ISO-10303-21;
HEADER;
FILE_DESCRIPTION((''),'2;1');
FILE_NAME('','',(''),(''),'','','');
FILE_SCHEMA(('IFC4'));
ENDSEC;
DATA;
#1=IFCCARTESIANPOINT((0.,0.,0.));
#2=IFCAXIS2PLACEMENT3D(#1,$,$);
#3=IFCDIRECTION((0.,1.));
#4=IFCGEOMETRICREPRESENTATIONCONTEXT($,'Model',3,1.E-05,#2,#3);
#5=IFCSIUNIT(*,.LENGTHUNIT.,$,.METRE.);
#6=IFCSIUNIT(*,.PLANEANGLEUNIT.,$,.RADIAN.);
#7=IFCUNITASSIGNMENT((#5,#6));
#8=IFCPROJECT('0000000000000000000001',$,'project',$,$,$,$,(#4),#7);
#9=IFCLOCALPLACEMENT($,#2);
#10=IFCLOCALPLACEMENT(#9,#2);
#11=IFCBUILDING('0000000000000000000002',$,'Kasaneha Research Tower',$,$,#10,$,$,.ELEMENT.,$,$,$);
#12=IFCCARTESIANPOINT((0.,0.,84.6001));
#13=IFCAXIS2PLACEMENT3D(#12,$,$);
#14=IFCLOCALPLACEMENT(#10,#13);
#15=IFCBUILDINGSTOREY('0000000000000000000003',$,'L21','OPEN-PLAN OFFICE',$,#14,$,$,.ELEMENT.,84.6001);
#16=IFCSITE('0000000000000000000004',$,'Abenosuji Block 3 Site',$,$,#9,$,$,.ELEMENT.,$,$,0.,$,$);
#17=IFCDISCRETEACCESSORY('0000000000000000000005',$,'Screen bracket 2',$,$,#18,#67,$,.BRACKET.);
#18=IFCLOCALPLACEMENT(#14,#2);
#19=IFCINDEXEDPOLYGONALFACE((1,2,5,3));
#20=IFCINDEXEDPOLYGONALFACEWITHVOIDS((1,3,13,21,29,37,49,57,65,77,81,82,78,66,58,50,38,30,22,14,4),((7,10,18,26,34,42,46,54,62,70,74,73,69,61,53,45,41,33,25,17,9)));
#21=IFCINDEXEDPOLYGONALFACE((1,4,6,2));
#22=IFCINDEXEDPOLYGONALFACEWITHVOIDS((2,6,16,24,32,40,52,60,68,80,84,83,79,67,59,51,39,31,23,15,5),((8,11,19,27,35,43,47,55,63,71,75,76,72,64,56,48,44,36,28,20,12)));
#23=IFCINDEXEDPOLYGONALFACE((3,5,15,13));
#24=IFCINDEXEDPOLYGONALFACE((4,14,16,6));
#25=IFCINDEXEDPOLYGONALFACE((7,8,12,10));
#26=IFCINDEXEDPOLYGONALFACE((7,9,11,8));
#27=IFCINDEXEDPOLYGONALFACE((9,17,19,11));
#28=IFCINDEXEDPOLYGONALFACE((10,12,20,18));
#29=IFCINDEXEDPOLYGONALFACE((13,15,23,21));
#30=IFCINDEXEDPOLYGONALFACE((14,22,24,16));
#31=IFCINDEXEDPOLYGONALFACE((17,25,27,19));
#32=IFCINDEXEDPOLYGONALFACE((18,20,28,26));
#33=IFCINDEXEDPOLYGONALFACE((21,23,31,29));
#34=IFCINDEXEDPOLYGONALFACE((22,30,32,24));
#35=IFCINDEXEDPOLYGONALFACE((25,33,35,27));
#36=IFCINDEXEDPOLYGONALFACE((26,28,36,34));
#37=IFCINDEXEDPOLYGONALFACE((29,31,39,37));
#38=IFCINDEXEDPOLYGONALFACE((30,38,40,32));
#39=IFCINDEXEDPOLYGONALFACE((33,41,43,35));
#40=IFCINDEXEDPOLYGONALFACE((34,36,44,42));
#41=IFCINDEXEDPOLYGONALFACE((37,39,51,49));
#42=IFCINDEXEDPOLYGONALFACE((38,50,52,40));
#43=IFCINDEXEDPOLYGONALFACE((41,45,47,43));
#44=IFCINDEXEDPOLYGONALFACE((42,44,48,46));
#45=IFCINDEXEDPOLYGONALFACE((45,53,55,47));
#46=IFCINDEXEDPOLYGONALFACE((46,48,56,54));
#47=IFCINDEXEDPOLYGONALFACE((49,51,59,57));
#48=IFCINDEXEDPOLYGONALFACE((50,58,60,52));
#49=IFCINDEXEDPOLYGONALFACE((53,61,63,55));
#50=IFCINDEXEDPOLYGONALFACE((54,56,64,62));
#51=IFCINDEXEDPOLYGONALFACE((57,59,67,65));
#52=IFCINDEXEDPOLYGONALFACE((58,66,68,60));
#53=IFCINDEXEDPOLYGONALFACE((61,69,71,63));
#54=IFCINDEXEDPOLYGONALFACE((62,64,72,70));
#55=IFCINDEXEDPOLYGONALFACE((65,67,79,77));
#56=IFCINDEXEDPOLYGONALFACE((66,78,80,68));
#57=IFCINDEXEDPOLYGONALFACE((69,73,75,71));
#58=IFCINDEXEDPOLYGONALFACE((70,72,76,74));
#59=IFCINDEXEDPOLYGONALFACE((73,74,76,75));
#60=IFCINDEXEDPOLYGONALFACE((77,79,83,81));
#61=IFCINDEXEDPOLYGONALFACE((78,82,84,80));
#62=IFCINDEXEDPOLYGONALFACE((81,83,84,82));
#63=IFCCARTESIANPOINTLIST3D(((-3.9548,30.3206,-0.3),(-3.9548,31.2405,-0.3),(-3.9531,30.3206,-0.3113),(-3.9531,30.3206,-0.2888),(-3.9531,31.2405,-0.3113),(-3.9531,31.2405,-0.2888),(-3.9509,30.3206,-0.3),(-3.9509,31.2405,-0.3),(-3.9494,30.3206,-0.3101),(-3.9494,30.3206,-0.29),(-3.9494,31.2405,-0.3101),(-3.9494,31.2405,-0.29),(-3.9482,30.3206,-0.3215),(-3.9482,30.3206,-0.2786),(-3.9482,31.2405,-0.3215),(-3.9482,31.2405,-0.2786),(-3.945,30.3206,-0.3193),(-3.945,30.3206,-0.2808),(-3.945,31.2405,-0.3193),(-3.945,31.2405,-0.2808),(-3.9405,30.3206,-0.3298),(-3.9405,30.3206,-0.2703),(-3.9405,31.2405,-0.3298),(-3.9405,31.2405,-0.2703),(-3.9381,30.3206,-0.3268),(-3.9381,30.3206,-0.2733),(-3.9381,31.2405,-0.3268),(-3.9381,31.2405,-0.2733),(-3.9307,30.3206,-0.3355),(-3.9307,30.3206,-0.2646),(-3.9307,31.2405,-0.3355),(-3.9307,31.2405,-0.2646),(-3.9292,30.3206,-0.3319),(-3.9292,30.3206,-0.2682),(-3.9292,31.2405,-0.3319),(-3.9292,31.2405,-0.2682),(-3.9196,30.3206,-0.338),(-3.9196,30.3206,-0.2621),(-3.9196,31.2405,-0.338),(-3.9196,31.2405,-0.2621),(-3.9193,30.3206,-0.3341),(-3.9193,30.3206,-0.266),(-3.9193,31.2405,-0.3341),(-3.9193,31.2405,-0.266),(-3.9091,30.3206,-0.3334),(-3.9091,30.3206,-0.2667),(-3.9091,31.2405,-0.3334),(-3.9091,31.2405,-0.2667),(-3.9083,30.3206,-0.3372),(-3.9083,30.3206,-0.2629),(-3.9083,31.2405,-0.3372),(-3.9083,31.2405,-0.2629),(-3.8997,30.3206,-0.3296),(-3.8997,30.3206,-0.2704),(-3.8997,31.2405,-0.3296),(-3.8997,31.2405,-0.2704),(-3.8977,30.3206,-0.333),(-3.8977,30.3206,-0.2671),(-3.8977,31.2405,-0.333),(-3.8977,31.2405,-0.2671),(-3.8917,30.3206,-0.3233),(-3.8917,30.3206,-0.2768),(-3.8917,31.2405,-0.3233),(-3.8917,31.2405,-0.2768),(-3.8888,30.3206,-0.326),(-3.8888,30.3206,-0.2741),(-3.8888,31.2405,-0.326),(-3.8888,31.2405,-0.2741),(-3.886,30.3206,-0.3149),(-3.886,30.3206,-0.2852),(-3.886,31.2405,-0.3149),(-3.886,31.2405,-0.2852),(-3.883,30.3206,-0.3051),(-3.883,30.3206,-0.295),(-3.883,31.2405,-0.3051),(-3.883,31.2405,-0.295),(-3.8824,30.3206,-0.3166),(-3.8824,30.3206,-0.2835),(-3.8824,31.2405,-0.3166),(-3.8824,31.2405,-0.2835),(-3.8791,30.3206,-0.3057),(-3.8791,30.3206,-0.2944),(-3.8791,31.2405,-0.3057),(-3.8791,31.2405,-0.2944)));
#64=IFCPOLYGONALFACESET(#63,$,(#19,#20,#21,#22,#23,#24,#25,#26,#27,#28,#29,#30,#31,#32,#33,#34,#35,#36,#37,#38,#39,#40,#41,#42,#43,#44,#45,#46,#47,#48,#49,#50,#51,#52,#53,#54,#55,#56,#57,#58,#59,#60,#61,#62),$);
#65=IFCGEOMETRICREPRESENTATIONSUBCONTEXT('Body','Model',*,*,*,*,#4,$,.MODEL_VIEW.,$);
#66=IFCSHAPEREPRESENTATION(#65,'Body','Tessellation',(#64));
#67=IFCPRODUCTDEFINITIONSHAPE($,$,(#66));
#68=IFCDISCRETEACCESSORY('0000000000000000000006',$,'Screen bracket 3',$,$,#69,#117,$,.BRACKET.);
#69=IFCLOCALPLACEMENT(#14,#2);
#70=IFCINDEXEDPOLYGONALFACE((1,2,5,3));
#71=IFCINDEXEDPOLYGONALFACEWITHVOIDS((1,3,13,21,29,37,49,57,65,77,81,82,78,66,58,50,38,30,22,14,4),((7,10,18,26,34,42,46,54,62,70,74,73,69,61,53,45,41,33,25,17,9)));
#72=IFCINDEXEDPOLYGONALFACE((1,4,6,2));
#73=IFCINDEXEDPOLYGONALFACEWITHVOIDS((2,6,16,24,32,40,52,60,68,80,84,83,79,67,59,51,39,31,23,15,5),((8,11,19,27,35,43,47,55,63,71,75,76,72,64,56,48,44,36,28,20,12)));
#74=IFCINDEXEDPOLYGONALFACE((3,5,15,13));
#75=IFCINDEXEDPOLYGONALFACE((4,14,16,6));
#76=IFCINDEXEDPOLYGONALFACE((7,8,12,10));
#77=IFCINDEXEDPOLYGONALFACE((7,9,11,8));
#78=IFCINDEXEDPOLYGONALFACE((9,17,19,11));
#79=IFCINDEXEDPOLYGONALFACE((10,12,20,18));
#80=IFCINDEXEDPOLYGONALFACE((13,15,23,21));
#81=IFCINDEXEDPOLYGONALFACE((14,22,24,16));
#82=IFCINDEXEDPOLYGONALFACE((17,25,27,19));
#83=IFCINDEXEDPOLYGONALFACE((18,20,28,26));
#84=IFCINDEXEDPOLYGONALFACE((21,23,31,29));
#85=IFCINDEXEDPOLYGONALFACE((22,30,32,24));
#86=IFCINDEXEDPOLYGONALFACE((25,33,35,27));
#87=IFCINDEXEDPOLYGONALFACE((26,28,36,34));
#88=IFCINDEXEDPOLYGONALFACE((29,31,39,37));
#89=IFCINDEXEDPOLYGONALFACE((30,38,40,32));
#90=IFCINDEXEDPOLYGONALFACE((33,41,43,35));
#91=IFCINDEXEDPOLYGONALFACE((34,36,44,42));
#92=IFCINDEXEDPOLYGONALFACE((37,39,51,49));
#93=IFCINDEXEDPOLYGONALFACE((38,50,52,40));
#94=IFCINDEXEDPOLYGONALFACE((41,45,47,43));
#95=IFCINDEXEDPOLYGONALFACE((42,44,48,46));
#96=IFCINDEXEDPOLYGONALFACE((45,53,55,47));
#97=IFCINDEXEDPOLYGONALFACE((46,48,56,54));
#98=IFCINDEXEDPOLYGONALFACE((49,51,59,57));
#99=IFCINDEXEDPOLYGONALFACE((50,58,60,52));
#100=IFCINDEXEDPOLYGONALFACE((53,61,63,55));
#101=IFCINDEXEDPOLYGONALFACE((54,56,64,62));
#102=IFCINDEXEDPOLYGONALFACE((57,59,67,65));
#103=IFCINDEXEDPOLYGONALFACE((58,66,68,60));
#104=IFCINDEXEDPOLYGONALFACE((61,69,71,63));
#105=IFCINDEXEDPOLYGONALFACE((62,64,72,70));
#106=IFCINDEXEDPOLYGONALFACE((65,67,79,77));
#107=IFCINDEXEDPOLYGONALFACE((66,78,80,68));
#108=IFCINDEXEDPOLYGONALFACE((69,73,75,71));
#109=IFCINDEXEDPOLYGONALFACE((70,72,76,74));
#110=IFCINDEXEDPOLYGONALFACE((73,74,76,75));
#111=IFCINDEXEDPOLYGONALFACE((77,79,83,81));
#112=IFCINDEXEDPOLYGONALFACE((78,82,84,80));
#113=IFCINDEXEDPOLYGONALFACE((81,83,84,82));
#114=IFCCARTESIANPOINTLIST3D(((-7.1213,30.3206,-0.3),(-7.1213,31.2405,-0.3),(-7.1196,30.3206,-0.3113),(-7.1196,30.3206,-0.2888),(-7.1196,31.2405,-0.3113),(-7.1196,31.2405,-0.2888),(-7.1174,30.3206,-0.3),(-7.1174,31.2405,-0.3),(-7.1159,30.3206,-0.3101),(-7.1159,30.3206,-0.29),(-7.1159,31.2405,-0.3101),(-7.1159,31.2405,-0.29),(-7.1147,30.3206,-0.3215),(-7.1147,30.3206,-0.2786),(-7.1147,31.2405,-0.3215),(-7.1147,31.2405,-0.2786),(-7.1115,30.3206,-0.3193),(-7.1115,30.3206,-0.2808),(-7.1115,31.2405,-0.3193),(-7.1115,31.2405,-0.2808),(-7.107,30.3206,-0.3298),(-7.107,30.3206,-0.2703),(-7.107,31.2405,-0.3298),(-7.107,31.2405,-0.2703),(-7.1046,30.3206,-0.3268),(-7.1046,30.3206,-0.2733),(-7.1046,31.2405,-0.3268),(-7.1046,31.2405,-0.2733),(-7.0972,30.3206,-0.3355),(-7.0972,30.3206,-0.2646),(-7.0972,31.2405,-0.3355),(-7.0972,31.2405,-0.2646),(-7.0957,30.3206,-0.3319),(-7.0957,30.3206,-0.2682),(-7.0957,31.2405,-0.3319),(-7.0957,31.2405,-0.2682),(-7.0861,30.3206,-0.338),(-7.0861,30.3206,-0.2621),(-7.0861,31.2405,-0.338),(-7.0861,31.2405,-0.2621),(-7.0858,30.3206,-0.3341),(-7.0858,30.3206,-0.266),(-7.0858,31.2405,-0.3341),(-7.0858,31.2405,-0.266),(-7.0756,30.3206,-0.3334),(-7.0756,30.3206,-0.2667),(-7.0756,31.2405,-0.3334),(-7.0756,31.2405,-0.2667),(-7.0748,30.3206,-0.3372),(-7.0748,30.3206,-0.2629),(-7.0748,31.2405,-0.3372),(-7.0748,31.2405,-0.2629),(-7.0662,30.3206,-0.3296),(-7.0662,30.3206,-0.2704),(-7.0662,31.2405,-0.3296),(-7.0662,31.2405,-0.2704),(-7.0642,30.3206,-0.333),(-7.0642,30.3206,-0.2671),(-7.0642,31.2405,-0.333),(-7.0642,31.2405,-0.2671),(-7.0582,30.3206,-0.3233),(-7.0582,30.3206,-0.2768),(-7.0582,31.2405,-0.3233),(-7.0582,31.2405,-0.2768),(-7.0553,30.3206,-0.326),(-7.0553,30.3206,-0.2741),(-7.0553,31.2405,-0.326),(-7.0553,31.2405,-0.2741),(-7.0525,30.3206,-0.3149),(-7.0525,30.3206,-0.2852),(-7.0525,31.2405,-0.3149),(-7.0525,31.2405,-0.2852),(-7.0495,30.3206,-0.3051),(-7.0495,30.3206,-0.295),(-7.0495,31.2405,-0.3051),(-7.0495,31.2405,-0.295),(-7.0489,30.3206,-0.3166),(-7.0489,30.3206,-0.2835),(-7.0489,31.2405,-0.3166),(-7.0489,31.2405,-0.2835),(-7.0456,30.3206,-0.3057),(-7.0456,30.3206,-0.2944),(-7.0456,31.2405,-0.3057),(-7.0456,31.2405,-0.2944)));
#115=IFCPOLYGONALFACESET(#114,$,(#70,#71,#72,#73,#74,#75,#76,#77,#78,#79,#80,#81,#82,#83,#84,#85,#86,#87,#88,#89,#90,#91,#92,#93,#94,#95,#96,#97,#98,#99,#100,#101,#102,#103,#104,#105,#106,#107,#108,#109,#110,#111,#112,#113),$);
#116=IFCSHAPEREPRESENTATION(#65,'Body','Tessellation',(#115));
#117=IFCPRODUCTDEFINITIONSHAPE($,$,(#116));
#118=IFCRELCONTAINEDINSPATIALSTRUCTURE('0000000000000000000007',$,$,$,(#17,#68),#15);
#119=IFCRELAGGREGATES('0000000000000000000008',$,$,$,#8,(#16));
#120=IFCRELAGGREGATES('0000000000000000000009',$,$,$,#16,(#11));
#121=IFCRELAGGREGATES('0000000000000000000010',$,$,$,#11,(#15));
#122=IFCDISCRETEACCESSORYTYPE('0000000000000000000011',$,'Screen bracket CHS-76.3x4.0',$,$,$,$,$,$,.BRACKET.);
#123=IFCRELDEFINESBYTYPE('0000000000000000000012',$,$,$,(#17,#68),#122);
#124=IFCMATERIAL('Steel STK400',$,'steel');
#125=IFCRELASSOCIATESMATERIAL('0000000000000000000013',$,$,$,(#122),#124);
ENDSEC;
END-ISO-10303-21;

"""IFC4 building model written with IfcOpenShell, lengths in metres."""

from ifc_helpers import new_model, si_unit, direction, frame, origin, origin_2d, place, context, subcontext, project, spatial, hollow_circle, extrude, material, material_profile, profile_set, type_object, element, save


model = new_model("IFC4")

# Units and contexts
model_context = context("Model", 3, precision=1e-05, world=origin(), true_north=direction((0.0, 1.0)))
body_context = subcontext(model_context, "Body", "Model", "MODEL_VIEW")
ifc_project = project(units=[si_unit("LENGTHUNIT", "METRE"), si_unit("PLANEANGLEUNIT", "RADIAN")], contexts=[model_context])

# Site, building, storey
site_placement = place(None, origin())
site = spatial("IfcSite", under=ifc_project, at=site_placement, Name="Abenosuji Block 3 Site", CompositionType="ELEMENT", RefElevation=0.0)
building_placement = place(site_placement, origin())
building = spatial("IfcBuilding", under=site, at=building_placement, Name="Kasaneha Research Tower", CompositionType="ELEMENT")
storey_placement = place(building_placement, frame((0.0, 0.0, 84.6001)))
storey = spatial("IfcBuildingStorey", under=building, at=storey_placement, Name="L21", Description="OPEN-PLAN OFFICE", CompositionType="ELEMENT", Elevation=84.6001)

# Discrete accessories
ifc_material_1 = material(Name="Steel STK400", Category="steel")
ifc_material_profile_1 = material_profile(ifc_material_1, hollow_circle(Radius=0.0381, WallThickness=0.0039, at=origin_2d()), Name="CHS-76.3x4.0")
ifc_profile_set_1 = profile_set([ifc_material_profile_1], Name="Steel STK400")
discrete_accessory_type = type_object("IfcDiscreteAccessoryType", Name="Screen bracket CHS-76.3x4.0", PredefinedType="BRACKET", material=ifc_profile_set_1)
for number, where, z_axis, x_axis, name in (
    (1, (-3.9167, 30.3206, -0.3), (0.0, 1.0, 0.0), (-1.0, 0.0, 0.0), "Screen bracket 2"),
    (2, (-7.0833, 30.3206, -0.3), (0.0, 1.0, 0.0), (-1.0, 0.0, 0.0), "Screen bracket 3"),
):
    element("IfcDiscreteAccessory", number, at=place(storey_placement, frame(where, z_axis=z_axis, x_axis=x_axis)), inside=storey, type_object=discrete_accessory_type, Name=name, PredefinedType="BRACKET", context=body_context, shape_type="SweptSolid", body=[
        extrude(hollow_circle(Radius=0.0381, WallThickness=0.0039, at=origin_2d()), origin(), (0.0, 0.0, 1.0), 0.9199),
    ])

save(model, "model.ifc")
